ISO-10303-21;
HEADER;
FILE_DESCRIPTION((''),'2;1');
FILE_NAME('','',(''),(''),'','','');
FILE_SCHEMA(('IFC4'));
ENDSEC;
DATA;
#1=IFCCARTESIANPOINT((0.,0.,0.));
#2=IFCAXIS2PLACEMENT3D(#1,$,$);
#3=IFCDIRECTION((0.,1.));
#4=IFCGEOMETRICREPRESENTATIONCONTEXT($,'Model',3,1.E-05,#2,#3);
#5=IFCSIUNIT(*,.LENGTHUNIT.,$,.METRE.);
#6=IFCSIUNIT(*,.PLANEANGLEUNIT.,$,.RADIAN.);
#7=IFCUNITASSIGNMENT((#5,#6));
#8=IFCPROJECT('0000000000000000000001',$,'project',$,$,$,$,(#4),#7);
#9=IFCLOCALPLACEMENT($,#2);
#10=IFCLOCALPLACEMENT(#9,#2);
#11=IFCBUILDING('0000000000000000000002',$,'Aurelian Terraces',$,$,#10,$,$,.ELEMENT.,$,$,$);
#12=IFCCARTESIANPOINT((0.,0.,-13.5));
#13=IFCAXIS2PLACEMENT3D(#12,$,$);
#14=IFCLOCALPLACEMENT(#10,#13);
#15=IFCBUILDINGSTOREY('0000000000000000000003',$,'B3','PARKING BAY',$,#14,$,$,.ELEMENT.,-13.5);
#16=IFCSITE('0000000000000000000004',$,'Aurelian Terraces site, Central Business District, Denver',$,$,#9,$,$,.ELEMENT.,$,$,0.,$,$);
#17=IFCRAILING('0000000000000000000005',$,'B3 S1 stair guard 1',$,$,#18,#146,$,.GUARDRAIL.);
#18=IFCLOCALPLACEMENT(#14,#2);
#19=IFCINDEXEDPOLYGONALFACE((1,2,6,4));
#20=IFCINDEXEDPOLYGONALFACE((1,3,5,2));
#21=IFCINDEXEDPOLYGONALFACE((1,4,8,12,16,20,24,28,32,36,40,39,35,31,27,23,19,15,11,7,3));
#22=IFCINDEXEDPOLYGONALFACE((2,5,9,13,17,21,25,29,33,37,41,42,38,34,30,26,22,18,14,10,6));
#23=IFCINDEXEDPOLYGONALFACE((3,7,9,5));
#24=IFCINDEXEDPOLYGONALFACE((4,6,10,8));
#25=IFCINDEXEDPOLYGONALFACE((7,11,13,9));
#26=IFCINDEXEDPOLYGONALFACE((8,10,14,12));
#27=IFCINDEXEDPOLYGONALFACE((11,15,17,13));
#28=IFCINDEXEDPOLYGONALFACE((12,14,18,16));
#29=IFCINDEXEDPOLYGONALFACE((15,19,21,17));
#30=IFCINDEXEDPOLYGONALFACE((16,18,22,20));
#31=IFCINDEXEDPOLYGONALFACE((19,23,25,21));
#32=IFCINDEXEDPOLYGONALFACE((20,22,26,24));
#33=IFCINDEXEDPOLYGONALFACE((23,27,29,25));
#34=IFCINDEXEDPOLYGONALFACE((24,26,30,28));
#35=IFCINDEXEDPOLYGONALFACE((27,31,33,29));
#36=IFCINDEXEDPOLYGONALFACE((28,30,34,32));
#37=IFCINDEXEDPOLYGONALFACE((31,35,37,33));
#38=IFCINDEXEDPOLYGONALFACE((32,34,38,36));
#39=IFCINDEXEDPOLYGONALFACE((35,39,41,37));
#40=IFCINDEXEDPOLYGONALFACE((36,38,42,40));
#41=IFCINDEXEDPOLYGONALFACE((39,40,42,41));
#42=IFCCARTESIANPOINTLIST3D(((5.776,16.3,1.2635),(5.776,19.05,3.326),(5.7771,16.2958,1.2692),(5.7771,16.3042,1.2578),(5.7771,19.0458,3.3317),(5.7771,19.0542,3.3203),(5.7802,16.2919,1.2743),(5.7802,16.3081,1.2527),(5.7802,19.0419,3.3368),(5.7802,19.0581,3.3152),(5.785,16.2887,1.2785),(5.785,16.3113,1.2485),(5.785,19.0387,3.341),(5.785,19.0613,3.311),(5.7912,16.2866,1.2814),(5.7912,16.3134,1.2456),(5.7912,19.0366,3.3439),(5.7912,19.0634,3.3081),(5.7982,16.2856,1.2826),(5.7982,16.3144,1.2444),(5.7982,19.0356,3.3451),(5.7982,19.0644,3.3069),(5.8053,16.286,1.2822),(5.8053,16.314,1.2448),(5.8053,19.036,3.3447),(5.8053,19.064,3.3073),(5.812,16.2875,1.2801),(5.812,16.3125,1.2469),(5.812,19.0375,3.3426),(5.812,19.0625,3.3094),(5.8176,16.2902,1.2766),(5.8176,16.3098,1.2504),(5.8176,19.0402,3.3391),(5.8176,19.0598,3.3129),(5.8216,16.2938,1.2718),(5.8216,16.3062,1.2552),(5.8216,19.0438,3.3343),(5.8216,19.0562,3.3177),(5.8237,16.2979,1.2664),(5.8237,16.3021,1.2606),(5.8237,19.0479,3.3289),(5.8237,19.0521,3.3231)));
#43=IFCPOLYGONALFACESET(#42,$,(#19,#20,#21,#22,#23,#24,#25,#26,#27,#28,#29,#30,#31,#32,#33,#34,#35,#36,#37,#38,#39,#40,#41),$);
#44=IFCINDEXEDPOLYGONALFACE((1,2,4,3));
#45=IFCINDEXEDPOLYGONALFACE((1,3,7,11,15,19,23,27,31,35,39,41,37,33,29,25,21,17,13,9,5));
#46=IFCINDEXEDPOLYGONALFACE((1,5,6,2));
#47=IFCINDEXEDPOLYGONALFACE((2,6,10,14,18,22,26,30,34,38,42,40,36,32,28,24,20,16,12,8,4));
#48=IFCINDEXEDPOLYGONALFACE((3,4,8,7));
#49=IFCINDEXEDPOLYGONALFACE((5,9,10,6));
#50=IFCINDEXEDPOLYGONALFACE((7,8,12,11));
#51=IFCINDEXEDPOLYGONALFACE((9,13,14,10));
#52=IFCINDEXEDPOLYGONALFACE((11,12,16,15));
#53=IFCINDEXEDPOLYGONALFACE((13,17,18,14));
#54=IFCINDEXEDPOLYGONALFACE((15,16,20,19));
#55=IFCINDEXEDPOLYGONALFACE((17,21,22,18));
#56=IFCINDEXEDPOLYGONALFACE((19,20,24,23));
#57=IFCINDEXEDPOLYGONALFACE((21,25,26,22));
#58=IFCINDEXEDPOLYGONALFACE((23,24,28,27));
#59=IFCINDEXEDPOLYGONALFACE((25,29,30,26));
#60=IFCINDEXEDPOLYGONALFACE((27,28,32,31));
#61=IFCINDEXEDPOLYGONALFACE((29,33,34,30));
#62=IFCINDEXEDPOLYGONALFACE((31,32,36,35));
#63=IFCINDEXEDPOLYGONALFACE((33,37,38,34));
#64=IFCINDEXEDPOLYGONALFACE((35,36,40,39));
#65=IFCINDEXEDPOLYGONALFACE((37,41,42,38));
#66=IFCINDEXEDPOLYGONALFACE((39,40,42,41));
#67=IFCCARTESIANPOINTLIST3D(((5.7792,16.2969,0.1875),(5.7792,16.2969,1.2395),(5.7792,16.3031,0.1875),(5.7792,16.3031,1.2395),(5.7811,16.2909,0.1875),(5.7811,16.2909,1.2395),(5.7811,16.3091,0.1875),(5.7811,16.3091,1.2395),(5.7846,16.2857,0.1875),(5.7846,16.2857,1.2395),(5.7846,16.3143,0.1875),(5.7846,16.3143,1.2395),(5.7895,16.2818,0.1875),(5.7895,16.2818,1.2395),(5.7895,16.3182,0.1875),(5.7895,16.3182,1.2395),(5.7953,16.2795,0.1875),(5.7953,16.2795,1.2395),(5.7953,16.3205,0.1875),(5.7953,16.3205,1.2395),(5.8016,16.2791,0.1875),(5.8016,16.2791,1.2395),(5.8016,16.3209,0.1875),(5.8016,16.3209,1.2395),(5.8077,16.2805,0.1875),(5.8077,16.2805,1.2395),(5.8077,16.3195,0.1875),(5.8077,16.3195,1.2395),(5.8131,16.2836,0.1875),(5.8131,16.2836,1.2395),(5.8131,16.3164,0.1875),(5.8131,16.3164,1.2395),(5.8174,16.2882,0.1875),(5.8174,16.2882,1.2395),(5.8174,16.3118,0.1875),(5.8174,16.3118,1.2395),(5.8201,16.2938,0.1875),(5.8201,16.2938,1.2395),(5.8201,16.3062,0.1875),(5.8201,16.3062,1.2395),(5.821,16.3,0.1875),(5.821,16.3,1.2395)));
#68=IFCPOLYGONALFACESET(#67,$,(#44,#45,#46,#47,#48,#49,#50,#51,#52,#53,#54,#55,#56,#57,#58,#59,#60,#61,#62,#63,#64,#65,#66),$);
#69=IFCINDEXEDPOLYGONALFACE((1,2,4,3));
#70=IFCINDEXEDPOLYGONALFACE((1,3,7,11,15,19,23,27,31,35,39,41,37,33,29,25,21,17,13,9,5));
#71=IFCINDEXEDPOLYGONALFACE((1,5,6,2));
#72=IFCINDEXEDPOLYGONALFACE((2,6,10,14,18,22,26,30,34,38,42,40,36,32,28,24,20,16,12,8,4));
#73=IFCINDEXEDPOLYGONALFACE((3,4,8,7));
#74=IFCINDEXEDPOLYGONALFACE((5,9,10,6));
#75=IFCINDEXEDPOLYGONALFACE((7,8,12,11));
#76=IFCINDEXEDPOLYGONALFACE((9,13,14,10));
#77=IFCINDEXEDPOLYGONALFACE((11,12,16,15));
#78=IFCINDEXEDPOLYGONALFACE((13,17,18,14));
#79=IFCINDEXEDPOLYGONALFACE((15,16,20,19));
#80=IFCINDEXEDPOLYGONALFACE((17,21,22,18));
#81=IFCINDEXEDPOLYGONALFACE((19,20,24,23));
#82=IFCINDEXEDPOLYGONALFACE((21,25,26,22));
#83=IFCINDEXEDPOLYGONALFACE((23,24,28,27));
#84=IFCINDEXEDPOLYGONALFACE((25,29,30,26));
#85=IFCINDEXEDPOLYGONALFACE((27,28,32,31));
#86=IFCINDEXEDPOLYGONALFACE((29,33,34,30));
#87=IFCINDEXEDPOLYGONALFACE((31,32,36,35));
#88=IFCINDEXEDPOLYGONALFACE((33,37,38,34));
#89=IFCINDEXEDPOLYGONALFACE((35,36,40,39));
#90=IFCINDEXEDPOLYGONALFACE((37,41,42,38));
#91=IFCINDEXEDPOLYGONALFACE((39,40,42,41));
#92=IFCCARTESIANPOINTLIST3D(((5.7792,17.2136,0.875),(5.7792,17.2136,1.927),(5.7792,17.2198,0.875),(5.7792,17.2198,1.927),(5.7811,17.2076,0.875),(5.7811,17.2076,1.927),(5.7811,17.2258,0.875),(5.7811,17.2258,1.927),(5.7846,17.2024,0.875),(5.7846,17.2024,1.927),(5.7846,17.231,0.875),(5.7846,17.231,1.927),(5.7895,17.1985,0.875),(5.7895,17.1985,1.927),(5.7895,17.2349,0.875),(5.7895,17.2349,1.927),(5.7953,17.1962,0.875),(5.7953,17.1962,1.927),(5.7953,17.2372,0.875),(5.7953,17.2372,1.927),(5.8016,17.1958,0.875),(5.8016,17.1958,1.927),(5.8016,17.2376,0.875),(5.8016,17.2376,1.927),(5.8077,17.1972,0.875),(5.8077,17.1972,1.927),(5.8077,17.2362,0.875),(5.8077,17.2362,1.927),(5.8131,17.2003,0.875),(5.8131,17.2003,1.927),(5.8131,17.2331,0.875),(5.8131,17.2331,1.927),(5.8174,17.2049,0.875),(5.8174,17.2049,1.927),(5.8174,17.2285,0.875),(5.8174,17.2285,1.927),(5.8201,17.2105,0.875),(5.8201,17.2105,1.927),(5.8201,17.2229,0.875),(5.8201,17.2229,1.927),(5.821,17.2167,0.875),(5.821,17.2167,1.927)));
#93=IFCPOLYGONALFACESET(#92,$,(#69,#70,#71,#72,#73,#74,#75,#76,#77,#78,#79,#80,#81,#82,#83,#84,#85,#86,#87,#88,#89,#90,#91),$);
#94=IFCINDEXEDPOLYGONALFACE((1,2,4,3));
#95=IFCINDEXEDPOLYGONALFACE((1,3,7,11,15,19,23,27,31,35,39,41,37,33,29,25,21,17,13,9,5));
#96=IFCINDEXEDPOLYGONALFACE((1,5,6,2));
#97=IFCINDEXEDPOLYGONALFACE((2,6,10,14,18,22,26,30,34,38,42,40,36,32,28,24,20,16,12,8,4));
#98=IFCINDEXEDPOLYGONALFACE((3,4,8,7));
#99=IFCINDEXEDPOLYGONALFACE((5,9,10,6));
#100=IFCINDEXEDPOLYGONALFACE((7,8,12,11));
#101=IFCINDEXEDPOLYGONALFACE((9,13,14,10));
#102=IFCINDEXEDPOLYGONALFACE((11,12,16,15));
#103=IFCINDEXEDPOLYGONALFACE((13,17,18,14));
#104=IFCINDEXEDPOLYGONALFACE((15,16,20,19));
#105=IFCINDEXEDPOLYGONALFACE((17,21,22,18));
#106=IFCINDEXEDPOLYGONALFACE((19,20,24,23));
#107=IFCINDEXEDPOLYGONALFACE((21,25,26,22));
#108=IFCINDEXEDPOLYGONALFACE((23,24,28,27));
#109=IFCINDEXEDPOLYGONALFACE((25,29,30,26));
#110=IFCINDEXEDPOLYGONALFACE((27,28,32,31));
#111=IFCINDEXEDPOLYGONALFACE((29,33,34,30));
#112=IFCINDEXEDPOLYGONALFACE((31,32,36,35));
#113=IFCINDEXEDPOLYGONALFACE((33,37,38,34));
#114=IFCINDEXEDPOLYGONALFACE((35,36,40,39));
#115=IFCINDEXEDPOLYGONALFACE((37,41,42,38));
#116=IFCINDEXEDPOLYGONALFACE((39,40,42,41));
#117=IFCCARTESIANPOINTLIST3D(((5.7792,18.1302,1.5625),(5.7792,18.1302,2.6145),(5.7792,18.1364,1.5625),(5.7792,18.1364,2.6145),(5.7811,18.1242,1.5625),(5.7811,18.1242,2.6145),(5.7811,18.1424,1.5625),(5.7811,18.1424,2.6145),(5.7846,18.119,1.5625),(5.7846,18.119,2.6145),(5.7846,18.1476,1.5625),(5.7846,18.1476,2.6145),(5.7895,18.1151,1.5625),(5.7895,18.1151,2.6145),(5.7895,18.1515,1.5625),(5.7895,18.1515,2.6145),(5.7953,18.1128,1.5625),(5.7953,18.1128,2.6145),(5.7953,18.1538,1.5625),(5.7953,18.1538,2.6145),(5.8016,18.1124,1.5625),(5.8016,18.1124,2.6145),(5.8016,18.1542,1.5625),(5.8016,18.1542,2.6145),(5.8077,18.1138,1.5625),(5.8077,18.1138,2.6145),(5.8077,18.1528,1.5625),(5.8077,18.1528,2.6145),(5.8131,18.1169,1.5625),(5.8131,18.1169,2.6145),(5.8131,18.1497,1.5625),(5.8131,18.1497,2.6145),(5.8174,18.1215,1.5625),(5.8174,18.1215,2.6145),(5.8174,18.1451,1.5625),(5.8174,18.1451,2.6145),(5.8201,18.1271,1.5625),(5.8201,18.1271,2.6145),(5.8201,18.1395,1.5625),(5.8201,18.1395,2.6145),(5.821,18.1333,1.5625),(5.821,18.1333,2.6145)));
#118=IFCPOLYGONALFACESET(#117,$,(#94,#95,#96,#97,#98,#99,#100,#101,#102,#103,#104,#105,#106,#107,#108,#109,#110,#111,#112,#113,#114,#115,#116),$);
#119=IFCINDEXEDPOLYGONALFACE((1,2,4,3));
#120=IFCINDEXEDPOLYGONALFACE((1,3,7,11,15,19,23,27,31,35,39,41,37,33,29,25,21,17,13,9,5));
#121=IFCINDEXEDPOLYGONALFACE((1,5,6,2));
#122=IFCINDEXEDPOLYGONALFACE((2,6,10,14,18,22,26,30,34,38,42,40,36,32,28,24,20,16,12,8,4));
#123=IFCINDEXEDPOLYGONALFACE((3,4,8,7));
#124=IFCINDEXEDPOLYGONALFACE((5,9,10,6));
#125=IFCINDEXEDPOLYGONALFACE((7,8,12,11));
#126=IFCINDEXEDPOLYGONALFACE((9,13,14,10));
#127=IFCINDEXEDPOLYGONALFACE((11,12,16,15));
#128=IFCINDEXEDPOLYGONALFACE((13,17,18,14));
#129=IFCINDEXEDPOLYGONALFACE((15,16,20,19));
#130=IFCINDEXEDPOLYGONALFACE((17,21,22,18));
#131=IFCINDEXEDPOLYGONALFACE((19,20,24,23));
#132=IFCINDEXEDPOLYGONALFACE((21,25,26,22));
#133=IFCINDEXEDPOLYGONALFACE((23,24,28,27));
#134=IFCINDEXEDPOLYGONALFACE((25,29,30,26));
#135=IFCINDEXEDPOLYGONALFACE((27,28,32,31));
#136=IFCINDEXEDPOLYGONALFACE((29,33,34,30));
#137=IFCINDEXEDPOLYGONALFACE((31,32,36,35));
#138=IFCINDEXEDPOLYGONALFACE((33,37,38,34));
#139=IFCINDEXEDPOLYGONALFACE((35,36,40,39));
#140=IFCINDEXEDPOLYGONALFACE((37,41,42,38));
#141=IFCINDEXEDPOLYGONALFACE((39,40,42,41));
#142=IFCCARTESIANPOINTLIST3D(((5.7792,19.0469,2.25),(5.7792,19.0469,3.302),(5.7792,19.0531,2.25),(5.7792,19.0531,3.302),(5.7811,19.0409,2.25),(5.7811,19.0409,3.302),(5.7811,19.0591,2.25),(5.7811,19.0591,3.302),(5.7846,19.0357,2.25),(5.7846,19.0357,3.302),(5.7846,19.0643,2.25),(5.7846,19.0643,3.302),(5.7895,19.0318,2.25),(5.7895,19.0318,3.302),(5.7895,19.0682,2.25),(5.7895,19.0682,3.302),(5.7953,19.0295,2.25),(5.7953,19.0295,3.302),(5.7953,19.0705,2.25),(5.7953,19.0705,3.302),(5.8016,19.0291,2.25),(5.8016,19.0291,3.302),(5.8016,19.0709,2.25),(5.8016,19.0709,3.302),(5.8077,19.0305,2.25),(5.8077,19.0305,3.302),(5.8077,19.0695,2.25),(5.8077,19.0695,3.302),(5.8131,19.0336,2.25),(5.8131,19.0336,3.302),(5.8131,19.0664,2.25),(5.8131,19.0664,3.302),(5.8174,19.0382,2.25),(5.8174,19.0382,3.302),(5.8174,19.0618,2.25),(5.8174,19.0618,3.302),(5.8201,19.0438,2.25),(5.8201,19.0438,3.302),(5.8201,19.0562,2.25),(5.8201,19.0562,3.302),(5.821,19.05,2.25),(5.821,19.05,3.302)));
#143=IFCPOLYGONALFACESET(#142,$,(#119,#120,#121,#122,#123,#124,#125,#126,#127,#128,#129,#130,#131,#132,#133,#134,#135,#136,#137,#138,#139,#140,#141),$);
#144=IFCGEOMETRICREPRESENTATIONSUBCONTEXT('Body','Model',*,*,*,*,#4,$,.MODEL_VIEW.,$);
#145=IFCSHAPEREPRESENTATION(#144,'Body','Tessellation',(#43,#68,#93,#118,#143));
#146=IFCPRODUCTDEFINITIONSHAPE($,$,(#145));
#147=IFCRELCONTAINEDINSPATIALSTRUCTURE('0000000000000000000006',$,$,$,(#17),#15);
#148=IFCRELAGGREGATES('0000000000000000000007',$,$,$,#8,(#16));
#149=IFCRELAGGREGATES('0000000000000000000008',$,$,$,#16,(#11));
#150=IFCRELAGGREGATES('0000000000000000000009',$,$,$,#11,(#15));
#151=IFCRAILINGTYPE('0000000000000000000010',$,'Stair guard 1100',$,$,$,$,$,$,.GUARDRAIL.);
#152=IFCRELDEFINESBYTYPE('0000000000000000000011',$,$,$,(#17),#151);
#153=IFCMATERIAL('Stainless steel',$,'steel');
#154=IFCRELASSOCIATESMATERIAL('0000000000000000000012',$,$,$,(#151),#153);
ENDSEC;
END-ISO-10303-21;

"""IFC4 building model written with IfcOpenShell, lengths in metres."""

from ifc_helpers import new_model, si_unit, direction, frame, origin, origin_2d, place, context, subcontext, project, spatial, circle, extrude, material, type_object, element, save


model = new_model("IFC4")

# Units and contexts
model_context = context("Model", 3, precision=1e-05, world=origin(), true_north=direction((0.0, 1.0)))
body_context = subcontext(model_context, "Body", "Model", "MODEL_VIEW")
ifc_project = project(units=[si_unit("LENGTHUNIT", "METRE"), si_unit("PLANEANGLEUNIT", "RADIAN")], contexts=[model_context])

# Site, building, storey
site_placement = place(None, origin())
site = spatial("IfcSite", under=ifc_project, at=site_placement, Name="Aurelian Terraces site, Central Business District, Denver", CompositionType="ELEMENT", RefElevation=0.0)
building_placement = place(site_placement, origin())
building = spatial("IfcBuilding", under=site, at=building_placement, Name="Aurelian Terraces", CompositionType="ELEMENT")
storey_placement = place(building_placement, frame((0.0, 0.0, -13.5)))
storey = spatial("IfcBuildingStorey", under=building, at=storey_placement, Name="B3", Description="PARKING BAY", CompositionType="ELEMENT", Elevation=-13.5)

# Shared definitions
ifc_material_1 = material(Name="Stainless steel", Category="steel")

# Railing
railing_type_1 = type_object("IfcRailingType", Name="Stair guard 1100", PredefinedType="GUARDRAIL", material=ifc_material_1)
railing_1_placement = place(storey_placement, frame((5.8, 16.3, 0.1875)))
element("IfcRailing", 1, at=railing_1_placement, inside=storey, type_object=railing_type_1, Name="B3 S1 stair guard 1", PredefinedType="GUARDRAIL", context=body_context, shape_type="SweptSolid", body=[
    extrude(circle(Radius=0.024, at=origin_2d()), frame((0.0, 0.0, 1.076), z_axis=(0.0, 0.8, 0.6), x_axis=(-1.0, 0.0, 0.0)), (0.0, 0.0, 1.0), 3.4375),
    extrude(circle(Radius=0.021, at=origin_2d()), origin(), (0.0, 0.0, 1.0), 1.052),
    extrude(circle(Radius=0.021, at=origin_2d()), frame((0.0, 0.9167, 0.6875)), (0.0, 0.0, 1.0), 1.052),
    extrude(circle(Radius=0.021, at=origin_2d()), frame((0.0, 1.8333, 1.375)), (0.0, 0.0, 1.0), 1.052),
    extrude(circle(Radius=0.021, at=origin_2d()), frame((0.0, 2.75, 2.0625)), (0.0, 0.0, 1.0), 1.052),
])

save(model, "model.ifc")
